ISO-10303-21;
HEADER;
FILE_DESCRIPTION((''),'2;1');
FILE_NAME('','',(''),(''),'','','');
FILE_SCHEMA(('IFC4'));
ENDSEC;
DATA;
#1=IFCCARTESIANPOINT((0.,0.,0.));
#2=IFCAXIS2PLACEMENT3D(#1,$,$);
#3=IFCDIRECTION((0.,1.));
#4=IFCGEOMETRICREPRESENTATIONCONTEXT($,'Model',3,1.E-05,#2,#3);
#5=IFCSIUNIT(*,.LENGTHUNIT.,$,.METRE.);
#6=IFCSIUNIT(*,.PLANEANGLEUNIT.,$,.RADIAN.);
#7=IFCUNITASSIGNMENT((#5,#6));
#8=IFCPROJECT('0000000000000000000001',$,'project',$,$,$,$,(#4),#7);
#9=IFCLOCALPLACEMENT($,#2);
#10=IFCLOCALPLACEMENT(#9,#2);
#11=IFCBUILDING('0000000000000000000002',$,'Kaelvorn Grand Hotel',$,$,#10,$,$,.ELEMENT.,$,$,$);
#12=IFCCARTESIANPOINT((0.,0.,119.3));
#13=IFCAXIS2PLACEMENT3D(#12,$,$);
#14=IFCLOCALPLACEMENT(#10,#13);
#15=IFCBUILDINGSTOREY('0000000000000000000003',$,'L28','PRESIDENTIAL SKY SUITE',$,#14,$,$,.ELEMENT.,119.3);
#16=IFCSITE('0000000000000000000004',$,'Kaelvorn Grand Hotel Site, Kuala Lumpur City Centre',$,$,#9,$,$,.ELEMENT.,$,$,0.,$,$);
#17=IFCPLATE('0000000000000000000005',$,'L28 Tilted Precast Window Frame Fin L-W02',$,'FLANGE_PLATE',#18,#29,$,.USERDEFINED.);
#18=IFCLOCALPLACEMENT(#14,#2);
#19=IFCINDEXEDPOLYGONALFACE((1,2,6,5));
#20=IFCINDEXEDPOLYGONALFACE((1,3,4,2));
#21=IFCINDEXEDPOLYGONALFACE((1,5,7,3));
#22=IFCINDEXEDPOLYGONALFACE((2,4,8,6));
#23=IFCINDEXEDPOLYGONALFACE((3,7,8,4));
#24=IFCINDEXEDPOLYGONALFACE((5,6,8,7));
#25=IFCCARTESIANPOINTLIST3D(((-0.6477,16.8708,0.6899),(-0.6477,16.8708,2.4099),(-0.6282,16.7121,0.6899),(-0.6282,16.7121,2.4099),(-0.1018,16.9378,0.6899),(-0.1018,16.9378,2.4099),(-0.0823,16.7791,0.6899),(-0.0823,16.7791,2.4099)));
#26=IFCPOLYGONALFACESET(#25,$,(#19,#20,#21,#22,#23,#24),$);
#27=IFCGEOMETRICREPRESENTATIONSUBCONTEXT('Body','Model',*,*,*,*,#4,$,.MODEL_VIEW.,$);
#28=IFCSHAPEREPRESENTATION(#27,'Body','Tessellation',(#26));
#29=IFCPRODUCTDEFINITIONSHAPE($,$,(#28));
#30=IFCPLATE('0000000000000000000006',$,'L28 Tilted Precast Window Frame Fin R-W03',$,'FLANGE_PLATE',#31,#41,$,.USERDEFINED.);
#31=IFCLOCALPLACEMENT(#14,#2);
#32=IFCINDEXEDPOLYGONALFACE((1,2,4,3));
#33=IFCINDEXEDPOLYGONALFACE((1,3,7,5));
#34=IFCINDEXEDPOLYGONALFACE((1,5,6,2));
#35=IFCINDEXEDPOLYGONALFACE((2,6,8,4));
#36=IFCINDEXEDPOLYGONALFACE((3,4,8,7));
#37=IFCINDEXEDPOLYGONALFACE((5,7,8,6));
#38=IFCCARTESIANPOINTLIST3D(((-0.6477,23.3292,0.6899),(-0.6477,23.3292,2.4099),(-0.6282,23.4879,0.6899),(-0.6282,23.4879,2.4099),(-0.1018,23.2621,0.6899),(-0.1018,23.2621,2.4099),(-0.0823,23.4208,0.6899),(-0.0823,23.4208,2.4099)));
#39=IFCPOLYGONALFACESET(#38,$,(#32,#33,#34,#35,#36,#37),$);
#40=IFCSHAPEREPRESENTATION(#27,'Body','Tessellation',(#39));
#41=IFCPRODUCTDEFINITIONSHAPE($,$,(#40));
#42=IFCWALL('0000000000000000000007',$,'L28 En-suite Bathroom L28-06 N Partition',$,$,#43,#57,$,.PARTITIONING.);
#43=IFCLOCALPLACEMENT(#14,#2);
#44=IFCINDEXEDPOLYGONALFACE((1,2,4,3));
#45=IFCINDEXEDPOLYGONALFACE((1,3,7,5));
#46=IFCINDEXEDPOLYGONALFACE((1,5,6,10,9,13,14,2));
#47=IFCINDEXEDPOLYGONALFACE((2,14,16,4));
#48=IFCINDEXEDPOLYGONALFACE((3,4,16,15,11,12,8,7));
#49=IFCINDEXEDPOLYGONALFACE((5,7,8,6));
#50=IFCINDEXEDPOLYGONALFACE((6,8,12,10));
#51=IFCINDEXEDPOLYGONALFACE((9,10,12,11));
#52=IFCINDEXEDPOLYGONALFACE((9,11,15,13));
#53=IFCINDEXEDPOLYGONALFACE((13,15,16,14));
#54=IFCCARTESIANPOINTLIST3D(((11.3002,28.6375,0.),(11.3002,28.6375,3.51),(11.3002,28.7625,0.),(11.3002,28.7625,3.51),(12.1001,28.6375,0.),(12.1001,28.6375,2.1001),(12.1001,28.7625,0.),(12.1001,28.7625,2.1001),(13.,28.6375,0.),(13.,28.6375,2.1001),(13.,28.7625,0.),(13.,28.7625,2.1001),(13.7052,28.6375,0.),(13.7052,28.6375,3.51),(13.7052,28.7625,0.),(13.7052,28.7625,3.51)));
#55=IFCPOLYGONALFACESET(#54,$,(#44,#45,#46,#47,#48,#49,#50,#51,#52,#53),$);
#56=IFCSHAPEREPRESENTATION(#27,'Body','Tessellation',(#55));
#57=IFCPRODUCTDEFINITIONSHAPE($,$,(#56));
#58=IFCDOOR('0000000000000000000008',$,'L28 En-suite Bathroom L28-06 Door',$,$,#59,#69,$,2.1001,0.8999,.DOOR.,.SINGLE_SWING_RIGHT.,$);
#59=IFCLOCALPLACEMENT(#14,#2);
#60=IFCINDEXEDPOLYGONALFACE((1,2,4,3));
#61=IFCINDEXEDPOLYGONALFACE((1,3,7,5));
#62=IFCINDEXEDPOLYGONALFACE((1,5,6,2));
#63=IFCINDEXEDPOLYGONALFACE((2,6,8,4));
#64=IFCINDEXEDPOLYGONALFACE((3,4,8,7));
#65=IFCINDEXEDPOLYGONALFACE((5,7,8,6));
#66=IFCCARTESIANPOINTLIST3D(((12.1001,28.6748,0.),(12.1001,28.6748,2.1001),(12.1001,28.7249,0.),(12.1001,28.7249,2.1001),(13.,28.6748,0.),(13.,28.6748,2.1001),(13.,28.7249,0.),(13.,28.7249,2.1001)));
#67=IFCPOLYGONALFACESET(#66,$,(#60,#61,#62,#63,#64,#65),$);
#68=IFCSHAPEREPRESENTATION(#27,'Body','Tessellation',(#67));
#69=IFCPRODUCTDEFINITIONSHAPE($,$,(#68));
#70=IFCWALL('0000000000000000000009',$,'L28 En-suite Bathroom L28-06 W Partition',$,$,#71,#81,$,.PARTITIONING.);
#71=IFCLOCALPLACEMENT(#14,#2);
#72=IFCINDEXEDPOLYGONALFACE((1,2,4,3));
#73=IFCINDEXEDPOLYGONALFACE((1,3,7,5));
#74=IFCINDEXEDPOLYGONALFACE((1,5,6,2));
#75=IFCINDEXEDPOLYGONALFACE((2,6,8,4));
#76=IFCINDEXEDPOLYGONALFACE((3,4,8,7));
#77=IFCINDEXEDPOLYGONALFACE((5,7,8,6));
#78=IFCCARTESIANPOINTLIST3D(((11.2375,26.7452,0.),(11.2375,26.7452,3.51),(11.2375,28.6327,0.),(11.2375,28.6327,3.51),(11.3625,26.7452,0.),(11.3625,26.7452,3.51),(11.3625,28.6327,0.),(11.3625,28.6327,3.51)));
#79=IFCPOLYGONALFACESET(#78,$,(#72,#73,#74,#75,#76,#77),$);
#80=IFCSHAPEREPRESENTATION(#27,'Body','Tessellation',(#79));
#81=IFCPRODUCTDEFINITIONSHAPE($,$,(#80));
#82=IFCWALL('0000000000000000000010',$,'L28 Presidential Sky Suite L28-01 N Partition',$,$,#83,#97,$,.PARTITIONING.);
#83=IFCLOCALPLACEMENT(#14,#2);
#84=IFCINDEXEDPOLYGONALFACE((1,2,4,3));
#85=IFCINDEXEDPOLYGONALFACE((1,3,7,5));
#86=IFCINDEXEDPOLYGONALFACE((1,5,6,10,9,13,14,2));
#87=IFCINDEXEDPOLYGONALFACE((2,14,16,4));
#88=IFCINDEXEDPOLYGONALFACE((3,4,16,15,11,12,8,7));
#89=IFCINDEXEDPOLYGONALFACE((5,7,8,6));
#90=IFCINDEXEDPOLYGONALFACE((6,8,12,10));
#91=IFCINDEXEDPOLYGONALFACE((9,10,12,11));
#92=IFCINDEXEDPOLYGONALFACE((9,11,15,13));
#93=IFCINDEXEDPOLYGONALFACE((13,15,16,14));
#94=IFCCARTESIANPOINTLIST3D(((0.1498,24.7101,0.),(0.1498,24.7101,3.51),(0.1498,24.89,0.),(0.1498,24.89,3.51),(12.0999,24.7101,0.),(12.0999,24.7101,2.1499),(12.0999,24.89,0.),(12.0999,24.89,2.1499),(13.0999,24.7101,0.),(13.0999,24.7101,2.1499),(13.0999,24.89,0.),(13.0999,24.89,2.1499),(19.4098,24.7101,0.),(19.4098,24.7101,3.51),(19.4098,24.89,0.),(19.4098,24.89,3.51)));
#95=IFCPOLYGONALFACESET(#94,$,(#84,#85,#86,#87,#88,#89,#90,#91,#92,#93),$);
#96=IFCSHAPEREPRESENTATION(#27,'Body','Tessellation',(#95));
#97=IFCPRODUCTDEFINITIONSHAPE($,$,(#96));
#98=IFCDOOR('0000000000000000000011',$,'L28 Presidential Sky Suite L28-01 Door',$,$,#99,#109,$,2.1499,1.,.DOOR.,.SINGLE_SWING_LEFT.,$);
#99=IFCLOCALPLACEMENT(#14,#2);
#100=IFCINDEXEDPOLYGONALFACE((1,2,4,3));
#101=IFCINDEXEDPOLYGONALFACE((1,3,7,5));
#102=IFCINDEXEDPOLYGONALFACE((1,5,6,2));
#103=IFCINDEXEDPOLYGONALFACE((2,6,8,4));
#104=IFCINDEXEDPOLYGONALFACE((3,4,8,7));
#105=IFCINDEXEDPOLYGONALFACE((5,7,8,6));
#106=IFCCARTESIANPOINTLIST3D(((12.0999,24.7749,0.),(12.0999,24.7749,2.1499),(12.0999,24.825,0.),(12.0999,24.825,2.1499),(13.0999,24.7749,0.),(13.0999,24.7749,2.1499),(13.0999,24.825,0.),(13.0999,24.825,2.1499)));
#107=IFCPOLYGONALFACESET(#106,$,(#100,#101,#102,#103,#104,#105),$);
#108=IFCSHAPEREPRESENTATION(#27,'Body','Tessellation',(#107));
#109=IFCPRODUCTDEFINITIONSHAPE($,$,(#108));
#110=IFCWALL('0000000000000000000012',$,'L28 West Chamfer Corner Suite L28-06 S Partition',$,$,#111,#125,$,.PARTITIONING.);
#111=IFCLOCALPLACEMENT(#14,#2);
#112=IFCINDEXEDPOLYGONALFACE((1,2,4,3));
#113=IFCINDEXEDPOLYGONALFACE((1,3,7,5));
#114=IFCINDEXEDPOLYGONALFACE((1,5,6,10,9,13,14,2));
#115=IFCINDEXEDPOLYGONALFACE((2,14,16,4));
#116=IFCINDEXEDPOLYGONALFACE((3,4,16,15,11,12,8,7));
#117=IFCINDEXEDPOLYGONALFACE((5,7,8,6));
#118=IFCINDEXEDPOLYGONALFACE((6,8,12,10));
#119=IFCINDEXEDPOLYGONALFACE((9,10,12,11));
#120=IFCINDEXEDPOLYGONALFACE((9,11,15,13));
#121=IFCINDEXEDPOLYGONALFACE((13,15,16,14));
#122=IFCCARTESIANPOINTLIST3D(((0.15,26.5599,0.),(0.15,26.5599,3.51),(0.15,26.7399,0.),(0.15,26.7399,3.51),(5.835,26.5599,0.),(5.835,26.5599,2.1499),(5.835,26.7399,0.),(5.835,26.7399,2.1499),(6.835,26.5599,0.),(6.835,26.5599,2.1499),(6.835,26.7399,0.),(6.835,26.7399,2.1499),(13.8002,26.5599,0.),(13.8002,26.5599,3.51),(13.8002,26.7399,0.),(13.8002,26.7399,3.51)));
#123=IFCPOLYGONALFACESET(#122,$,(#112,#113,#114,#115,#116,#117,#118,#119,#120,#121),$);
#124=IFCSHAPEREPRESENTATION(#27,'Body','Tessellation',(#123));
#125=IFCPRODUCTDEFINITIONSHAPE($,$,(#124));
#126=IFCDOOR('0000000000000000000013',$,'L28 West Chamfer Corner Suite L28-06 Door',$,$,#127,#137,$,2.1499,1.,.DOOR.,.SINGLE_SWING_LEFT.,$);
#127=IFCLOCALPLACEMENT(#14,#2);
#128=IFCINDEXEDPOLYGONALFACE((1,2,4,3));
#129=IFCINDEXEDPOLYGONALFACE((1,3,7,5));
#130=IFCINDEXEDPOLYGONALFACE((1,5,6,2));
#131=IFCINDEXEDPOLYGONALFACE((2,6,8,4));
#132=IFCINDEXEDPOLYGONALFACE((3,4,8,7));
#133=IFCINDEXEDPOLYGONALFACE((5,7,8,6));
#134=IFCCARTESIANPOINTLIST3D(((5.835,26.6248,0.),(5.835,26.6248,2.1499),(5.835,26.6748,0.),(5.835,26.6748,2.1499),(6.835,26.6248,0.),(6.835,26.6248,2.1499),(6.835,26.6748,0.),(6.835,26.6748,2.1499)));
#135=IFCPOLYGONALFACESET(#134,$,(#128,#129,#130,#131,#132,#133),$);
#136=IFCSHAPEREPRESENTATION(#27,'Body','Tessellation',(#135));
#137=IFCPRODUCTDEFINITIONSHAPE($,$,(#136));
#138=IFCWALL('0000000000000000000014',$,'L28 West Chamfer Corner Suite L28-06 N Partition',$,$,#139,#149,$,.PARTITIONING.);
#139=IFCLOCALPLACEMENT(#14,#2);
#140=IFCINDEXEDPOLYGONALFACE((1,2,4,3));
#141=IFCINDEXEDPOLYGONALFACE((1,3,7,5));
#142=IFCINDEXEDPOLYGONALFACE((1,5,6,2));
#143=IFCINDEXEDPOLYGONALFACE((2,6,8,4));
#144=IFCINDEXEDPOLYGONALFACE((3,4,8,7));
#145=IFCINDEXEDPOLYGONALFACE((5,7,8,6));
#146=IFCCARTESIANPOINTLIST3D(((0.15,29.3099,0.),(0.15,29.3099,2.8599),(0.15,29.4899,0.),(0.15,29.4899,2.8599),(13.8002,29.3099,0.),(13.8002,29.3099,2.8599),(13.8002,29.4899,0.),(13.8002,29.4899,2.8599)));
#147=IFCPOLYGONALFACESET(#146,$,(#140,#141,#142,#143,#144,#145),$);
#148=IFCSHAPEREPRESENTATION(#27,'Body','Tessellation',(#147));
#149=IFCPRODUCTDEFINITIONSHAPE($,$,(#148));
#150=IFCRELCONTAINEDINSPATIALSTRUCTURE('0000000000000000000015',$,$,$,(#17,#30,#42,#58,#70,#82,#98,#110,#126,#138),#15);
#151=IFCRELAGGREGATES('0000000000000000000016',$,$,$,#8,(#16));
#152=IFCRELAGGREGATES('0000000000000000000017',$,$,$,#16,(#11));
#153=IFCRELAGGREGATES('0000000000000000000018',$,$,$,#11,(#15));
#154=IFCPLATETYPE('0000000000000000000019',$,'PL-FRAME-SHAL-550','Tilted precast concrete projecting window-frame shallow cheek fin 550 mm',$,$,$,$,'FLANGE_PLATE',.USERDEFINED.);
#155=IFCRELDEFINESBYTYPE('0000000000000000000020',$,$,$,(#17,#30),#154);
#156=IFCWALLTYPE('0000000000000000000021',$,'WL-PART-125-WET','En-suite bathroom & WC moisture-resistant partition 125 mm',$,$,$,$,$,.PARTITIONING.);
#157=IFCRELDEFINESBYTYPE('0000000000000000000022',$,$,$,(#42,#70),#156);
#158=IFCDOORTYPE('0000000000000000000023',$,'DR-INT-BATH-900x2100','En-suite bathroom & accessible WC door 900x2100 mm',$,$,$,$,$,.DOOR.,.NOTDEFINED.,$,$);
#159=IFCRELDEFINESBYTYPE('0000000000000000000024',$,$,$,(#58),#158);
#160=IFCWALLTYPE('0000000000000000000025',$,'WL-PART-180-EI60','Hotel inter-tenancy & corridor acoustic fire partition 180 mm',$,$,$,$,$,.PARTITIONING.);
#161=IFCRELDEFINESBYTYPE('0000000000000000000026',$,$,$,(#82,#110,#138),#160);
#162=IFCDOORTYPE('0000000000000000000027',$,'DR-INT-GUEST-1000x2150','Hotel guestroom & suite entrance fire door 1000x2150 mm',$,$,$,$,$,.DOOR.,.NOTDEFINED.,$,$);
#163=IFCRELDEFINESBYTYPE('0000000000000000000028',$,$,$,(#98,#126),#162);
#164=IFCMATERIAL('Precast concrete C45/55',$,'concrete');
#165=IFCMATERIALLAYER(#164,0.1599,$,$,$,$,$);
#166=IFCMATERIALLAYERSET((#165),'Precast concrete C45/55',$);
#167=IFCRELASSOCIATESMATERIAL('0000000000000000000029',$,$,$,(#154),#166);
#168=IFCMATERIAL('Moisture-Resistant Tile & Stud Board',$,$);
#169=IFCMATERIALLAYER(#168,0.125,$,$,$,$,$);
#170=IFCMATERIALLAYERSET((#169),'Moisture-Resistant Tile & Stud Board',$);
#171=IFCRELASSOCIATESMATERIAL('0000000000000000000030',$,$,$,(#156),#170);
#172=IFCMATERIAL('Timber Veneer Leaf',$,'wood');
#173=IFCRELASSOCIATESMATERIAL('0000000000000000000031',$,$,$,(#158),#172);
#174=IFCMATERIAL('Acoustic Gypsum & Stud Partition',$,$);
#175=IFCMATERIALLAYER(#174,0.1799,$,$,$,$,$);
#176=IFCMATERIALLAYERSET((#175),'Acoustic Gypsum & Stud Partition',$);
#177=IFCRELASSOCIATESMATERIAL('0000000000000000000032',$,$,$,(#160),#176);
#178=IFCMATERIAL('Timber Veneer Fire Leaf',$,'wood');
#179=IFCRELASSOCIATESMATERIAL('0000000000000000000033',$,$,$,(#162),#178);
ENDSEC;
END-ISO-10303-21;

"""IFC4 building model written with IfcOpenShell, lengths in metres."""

from ifc_helpers import new_model, si_unit, direction, frame, frame_2d, origin, origin_2d, place, context, subcontext, project, spatial, rectangle, extrude, material, layer, layer_set, type_object, element, fill, save


model = new_model("IFC4")

# Units and contexts
model_context = context("Model", 3, precision=1e-05, world=origin(), true_north=direction((0.0, 1.0)))
body_context = subcontext(model_context, "Body", "Model", "MODEL_VIEW")
ifc_project = project(units=[si_unit("LENGTHUNIT", "METRE"), si_unit("PLANEANGLEUNIT", "RADIAN")], contexts=[model_context])

# Site, building, storey
site_placement = place(None, origin())
site = spatial("IfcSite", under=ifc_project, at=site_placement, Name="Kaelvorn Grand Hotel Site, Kuala Lumpur City Centre", CompositionType="ELEMENT", RefElevation=0.0)
building_placement = place(site_placement, origin())
building = spatial("IfcBuilding", under=site, at=building_placement, Name="Kaelvorn Grand Hotel", CompositionType="ELEMENT")
storey_placement = place(building_placement, frame((0.0, 0.0, 119.3)))
storey = spatial("IfcBuildingStorey", under=building, at=storey_placement, Name="L28", Description="PRESIDENTIAL SKY SUITE", CompositionType="ELEMENT", Elevation=119.3)

# Plates
ifc_material_1 = material(Name="Precast concrete C45/55", Category="concrete")
ifc_layer_1 = layer(ifc_material_1, 0.1599)
ifc_layer_set_1 = layer_set([ifc_layer_1], Name="Precast concrete C45/55")
plate_type_1 = type_object("IfcPlateType", Name="PL-FRAME-SHAL-550", Description="Tilted precast concrete projecting window-frame shallow cheek fin 550 mm", ElementType="FLANGE_PLATE", PredefinedType="USERDEFINED", material=ifc_layer_set_1)
for number, where, z_axis, x_axis, name in (
    (1, (-0.365, 16.825, 0.6899), (0.0, 0.0, 1.0), (-0.121869, 0.992546, 0.0), "L28 Tilted Precast Window Frame Fin L-W02"),
    (2, (-0.365, 23.375, 0.6899), (0.0, 0.0, 1.0), (0.121869, 0.992546, 0.0), "L28 Tilted Precast Window Frame Fin R-W03"),
):
    element("IfcPlate", number, at=place(storey_placement, frame(where, z_axis=z_axis, x_axis=x_axis)), inside=storey, type_object=plate_type_1, Name=name, ObjectType="FLANGE_PLATE", PredefinedType="USERDEFINED", context=body_context, shape_type="SweptSolid", body=[
        extrude(rectangle(XDim=0.1599, YDim=0.55, at=origin_2d()), origin(), (0.0, 0.0, 1.0), 1.72),
    ])

# Wall, opening, door
ifc_material_2 = material(Name="Moisture-Resistant Tile & Stud Board")
ifc_layer_2 = layer(ifc_material_2, 0.125)
ifc_layer_set_2 = layer_set([ifc_layer_2], Name="Moisture-Resistant Tile & Stud Board")
wall_type_1 = type_object("IfcWallType", Name="WL-PART-125-WET", Description="En-suite bathroom & WC moisture-resistant partition 125 mm", PredefinedType="PARTITIONING", material=ifc_layer_set_2)
wall_1_placement = place(storey_placement, frame((11.3, 28.7, 0.0), z_axis=(0.0, 0.0, 1.0), x_axis=(1.0, 0.0, 0.0)))
wall_1 = element("IfcWall", 3, at=wall_1_placement, inside=storey, type_object=wall_type_1, Name="L28 En-suite Bathroom L28-06 N Partition", PredefinedType="PARTITIONING", context=body_context, shape_type="SweptSolid", body=[
    extrude(rectangle(XDim=2.405, YDim=0.125, at=frame_2d((1.2026, 0.0))), origin(), (0.0, 0.0, 1.0), 3.51),
])
opening_1_placement = place(wall_1_placement, frame((0.8, 0.0, 0.0)))
opening_1 = element("IfcOpeningElement", 4, at=opening_1_placement, cuts=wall_1, PredefinedType="OPENING", context=body_context, shape_type="SweptSolid", body=[
    extrude(rectangle(XDim=0.8999, YDim=2.1001, at=frame_2d((0.45, 1.05))), frame((0.0, 0.0725, 0.0), z_axis=(0.0, -1.0, 0.0), x_axis=(1.0, 0.0, 0.0)), (0.0, 0.0, 1.0), 0.145),
])
ifc_material_3 = material(Name="Timber Veneer Leaf", Category="wood")
door_type_1 = type_object("IfcDoorType", Name="DR-INT-BATH-900x2100", Description="En-suite bathroom & accessible WC door 900x2100 mm", OperationType="NOTDEFINED", PredefinedType="DOOR", material=ifc_material_3)
door_1_placement = place(opening_1_placement, origin())
door_1 = element("IfcDoor", 5, at=door_1_placement, inside=storey, type_object=door_type_1, Name="L28 En-suite Bathroom L28-06 Door", OperationType="SINGLE_SWING_RIGHT", OverallHeight=2.1001, OverallWidth=0.8999, PredefinedType="DOOR", context=body_context, shape_type="SweptSolid", body=[
    extrude(rectangle(XDim=0.8999, YDim=2.1001, at=frame_2d((0.45, 1.05))), frame((0.0, 0.0249, 0.0), z_axis=(0.0, -1.0, 0.0), x_axis=(1.0, 0.0, 0.0)), (0.0, 0.0, 1.0), 0.05),
])
fill(opening_1, door_1)

# Wall
wall_2_placement = place(storey_placement, frame((11.3, 26.7451, 0.0), z_axis=(0.0, 0.0, 1.0), x_axis=(0.0, 1.0, 0.0)))
element("IfcWall", 6, at=wall_2_placement, inside=storey, type_object=wall_type_1, Name="L28 En-suite Bathroom L28-06 W Partition", PredefinedType="PARTITIONING", context=body_context, shape_type="SweptSolid", body=[
    extrude(rectangle(XDim=1.8875, YDim=0.125, at=frame_2d((0.9438, 0.0))), origin(), (0.0, 0.0, 1.0), 3.51),
])

# Walls, openings, doors
ifc_material_4 = material(Name="Acoustic Gypsum & Stud Partition")
ifc_layer_3 = layer(ifc_material_4, 0.1799)
ifc_layer_set_3 = layer_set([ifc_layer_3], Name="Acoustic Gypsum & Stud Partition")
wall_type_2 = type_object("IfcWallType", Name="WL-PART-180-EI60", Description="Hotel inter-tenancy & corridor acoustic fire partition 180 mm", PredefinedType="PARTITIONING", material=ifc_layer_set_3)
wall_3_placement = place(storey_placement, frame((0.1499, 24.8, 0.0), z_axis=(0.0, 0.0, 1.0), x_axis=(1.0, 0.0, 0.0)))
wall_3 = element("IfcWall", 7, at=wall_3_placement, inside=storey, type_object=wall_type_2, Name="L28 Presidential Sky Suite L28-01 N Partition", PredefinedType="PARTITIONING", context=body_context, shape_type="SweptSolid", body=[
    extrude(rectangle(XDim=19.26, YDim=0.1799, at=frame_2d((9.6299, 0.0))), origin(), (0.0, 0.0, 1.0), 3.51),
])
opening_2_placement = place(wall_3_placement, frame((11.95, 0.0, 0.0)))
opening_2 = element("IfcOpeningElement", 8, at=opening_2_placement, cuts=wall_3, PredefinedType="OPENING", context=body_context, shape_type="SweptSolid", body=[
    extrude(rectangle(XDim=1.0, YDim=2.1499, at=frame_2d((0.5, 1.075))), frame((0.0, 0.1001, 0.0), z_axis=(0.0, -1.0, 0.0), x_axis=(1.0, 0.0, 0.0)), (0.0, 0.0, 1.0), 0.2),
])
ifc_material_5 = material(Name="Timber Veneer Fire Leaf", Category="wood")
door_type_2 = type_object("IfcDoorType", Name="DR-INT-GUEST-1000x2150", Description="Hotel guestroom & suite entrance fire door 1000x2150 mm", OperationType="NOTDEFINED", PredefinedType="DOOR", material=ifc_material_5)
door_2_placement = place(opening_2_placement, origin())
door_2 = element("IfcDoor", 9, at=door_2_placement, inside=storey, type_object=door_type_2, Name="L28 Presidential Sky Suite L28-01 Door", OperationType="SINGLE_SWING_LEFT", OverallHeight=2.1499, OverallWidth=1.0, PredefinedType="DOOR", context=body_context, shape_type="SweptSolid", body=[
    extrude(rectangle(XDim=1.0, YDim=2.1499, at=frame_2d((0.5, 1.075))), frame((0.0, 0.0249, 0.0), z_axis=(0.0, -1.0, 0.0), x_axis=(1.0, 0.0, 0.0)), (0.0, 0.0, 1.0), 0.05),
])
fill(opening_2, door_2)
wall_4_placement = place(storey_placement, frame((0.1499, 26.6499, 0.0), z_axis=(0.0, 0.0, 1.0), x_axis=(1.0, 0.0, 0.0)))
wall_4 = element("IfcWall", 10, at=wall_4_placement, inside=storey, type_object=wall_type_2, Name="L28 West Chamfer Corner Suite L28-06 S Partition", PredefinedType="PARTITIONING", context=body_context, shape_type="SweptSolid", body=[
    extrude(rectangle(XDim=13.6501, YDim=0.1799, at=frame_2d((6.8252, 0.0))), origin(), (0.0, 0.0, 1.0), 3.51),
])
opening_3_placement = place(wall_4_placement, frame((5.6851, 0.0, 0.0)))
opening_3 = element("IfcOpeningElement", 11, at=opening_3_placement, cuts=wall_4, PredefinedType="OPENING", context=body_context, shape_type="SweptSolid", body=[
    extrude(rectangle(XDim=1.0, YDim=2.1499, at=frame_2d((0.5, 1.075))), frame((0.0, 0.1001, 0.0), z_axis=(0.0, -1.0, 0.0), x_axis=(1.0, 0.0, 0.0)), (0.0, 0.0, 1.0), 0.2),
])
door_3_placement = place(opening_3_placement, origin())
door_3 = element("IfcDoor", 12, at=door_3_placement, inside=storey, type_object=door_type_2, Name="L28 West Chamfer Corner Suite L28-06 Door", OperationType="SINGLE_SWING_LEFT", OverallHeight=2.1499, OverallWidth=1.0, PredefinedType="DOOR", context=body_context, shape_type="SweptSolid", body=[
    extrude(rectangle(XDim=1.0, YDim=2.1499, at=frame_2d((0.5, 1.075))), frame((0.0, 0.0249, 0.0), z_axis=(0.0, -1.0, 0.0), x_axis=(1.0, 0.0, 0.0)), (0.0, 0.0, 1.0), 0.05),
])
fill(opening_3, door_3)

# Wall
wall_5_placement = place(storey_placement, frame((0.1499, 29.3999, 0.0), z_axis=(0.0, 0.0, 1.0), x_axis=(1.0, 0.0, 0.0)))
element("IfcWall", 13, at=wall_5_placement, inside=storey, type_object=wall_type_2, Name="L28 West Chamfer Corner Suite L28-06 N Partition", PredefinedType="PARTITIONING", context=body_context, shape_type="SweptSolid", body=[
    extrude(rectangle(XDim=13.6501, YDim=0.1799, at=frame_2d((6.8252, 0.0))), origin(), (0.0, 0.0, 1.0), 2.8599),
])

save(model, "model.ifc")
